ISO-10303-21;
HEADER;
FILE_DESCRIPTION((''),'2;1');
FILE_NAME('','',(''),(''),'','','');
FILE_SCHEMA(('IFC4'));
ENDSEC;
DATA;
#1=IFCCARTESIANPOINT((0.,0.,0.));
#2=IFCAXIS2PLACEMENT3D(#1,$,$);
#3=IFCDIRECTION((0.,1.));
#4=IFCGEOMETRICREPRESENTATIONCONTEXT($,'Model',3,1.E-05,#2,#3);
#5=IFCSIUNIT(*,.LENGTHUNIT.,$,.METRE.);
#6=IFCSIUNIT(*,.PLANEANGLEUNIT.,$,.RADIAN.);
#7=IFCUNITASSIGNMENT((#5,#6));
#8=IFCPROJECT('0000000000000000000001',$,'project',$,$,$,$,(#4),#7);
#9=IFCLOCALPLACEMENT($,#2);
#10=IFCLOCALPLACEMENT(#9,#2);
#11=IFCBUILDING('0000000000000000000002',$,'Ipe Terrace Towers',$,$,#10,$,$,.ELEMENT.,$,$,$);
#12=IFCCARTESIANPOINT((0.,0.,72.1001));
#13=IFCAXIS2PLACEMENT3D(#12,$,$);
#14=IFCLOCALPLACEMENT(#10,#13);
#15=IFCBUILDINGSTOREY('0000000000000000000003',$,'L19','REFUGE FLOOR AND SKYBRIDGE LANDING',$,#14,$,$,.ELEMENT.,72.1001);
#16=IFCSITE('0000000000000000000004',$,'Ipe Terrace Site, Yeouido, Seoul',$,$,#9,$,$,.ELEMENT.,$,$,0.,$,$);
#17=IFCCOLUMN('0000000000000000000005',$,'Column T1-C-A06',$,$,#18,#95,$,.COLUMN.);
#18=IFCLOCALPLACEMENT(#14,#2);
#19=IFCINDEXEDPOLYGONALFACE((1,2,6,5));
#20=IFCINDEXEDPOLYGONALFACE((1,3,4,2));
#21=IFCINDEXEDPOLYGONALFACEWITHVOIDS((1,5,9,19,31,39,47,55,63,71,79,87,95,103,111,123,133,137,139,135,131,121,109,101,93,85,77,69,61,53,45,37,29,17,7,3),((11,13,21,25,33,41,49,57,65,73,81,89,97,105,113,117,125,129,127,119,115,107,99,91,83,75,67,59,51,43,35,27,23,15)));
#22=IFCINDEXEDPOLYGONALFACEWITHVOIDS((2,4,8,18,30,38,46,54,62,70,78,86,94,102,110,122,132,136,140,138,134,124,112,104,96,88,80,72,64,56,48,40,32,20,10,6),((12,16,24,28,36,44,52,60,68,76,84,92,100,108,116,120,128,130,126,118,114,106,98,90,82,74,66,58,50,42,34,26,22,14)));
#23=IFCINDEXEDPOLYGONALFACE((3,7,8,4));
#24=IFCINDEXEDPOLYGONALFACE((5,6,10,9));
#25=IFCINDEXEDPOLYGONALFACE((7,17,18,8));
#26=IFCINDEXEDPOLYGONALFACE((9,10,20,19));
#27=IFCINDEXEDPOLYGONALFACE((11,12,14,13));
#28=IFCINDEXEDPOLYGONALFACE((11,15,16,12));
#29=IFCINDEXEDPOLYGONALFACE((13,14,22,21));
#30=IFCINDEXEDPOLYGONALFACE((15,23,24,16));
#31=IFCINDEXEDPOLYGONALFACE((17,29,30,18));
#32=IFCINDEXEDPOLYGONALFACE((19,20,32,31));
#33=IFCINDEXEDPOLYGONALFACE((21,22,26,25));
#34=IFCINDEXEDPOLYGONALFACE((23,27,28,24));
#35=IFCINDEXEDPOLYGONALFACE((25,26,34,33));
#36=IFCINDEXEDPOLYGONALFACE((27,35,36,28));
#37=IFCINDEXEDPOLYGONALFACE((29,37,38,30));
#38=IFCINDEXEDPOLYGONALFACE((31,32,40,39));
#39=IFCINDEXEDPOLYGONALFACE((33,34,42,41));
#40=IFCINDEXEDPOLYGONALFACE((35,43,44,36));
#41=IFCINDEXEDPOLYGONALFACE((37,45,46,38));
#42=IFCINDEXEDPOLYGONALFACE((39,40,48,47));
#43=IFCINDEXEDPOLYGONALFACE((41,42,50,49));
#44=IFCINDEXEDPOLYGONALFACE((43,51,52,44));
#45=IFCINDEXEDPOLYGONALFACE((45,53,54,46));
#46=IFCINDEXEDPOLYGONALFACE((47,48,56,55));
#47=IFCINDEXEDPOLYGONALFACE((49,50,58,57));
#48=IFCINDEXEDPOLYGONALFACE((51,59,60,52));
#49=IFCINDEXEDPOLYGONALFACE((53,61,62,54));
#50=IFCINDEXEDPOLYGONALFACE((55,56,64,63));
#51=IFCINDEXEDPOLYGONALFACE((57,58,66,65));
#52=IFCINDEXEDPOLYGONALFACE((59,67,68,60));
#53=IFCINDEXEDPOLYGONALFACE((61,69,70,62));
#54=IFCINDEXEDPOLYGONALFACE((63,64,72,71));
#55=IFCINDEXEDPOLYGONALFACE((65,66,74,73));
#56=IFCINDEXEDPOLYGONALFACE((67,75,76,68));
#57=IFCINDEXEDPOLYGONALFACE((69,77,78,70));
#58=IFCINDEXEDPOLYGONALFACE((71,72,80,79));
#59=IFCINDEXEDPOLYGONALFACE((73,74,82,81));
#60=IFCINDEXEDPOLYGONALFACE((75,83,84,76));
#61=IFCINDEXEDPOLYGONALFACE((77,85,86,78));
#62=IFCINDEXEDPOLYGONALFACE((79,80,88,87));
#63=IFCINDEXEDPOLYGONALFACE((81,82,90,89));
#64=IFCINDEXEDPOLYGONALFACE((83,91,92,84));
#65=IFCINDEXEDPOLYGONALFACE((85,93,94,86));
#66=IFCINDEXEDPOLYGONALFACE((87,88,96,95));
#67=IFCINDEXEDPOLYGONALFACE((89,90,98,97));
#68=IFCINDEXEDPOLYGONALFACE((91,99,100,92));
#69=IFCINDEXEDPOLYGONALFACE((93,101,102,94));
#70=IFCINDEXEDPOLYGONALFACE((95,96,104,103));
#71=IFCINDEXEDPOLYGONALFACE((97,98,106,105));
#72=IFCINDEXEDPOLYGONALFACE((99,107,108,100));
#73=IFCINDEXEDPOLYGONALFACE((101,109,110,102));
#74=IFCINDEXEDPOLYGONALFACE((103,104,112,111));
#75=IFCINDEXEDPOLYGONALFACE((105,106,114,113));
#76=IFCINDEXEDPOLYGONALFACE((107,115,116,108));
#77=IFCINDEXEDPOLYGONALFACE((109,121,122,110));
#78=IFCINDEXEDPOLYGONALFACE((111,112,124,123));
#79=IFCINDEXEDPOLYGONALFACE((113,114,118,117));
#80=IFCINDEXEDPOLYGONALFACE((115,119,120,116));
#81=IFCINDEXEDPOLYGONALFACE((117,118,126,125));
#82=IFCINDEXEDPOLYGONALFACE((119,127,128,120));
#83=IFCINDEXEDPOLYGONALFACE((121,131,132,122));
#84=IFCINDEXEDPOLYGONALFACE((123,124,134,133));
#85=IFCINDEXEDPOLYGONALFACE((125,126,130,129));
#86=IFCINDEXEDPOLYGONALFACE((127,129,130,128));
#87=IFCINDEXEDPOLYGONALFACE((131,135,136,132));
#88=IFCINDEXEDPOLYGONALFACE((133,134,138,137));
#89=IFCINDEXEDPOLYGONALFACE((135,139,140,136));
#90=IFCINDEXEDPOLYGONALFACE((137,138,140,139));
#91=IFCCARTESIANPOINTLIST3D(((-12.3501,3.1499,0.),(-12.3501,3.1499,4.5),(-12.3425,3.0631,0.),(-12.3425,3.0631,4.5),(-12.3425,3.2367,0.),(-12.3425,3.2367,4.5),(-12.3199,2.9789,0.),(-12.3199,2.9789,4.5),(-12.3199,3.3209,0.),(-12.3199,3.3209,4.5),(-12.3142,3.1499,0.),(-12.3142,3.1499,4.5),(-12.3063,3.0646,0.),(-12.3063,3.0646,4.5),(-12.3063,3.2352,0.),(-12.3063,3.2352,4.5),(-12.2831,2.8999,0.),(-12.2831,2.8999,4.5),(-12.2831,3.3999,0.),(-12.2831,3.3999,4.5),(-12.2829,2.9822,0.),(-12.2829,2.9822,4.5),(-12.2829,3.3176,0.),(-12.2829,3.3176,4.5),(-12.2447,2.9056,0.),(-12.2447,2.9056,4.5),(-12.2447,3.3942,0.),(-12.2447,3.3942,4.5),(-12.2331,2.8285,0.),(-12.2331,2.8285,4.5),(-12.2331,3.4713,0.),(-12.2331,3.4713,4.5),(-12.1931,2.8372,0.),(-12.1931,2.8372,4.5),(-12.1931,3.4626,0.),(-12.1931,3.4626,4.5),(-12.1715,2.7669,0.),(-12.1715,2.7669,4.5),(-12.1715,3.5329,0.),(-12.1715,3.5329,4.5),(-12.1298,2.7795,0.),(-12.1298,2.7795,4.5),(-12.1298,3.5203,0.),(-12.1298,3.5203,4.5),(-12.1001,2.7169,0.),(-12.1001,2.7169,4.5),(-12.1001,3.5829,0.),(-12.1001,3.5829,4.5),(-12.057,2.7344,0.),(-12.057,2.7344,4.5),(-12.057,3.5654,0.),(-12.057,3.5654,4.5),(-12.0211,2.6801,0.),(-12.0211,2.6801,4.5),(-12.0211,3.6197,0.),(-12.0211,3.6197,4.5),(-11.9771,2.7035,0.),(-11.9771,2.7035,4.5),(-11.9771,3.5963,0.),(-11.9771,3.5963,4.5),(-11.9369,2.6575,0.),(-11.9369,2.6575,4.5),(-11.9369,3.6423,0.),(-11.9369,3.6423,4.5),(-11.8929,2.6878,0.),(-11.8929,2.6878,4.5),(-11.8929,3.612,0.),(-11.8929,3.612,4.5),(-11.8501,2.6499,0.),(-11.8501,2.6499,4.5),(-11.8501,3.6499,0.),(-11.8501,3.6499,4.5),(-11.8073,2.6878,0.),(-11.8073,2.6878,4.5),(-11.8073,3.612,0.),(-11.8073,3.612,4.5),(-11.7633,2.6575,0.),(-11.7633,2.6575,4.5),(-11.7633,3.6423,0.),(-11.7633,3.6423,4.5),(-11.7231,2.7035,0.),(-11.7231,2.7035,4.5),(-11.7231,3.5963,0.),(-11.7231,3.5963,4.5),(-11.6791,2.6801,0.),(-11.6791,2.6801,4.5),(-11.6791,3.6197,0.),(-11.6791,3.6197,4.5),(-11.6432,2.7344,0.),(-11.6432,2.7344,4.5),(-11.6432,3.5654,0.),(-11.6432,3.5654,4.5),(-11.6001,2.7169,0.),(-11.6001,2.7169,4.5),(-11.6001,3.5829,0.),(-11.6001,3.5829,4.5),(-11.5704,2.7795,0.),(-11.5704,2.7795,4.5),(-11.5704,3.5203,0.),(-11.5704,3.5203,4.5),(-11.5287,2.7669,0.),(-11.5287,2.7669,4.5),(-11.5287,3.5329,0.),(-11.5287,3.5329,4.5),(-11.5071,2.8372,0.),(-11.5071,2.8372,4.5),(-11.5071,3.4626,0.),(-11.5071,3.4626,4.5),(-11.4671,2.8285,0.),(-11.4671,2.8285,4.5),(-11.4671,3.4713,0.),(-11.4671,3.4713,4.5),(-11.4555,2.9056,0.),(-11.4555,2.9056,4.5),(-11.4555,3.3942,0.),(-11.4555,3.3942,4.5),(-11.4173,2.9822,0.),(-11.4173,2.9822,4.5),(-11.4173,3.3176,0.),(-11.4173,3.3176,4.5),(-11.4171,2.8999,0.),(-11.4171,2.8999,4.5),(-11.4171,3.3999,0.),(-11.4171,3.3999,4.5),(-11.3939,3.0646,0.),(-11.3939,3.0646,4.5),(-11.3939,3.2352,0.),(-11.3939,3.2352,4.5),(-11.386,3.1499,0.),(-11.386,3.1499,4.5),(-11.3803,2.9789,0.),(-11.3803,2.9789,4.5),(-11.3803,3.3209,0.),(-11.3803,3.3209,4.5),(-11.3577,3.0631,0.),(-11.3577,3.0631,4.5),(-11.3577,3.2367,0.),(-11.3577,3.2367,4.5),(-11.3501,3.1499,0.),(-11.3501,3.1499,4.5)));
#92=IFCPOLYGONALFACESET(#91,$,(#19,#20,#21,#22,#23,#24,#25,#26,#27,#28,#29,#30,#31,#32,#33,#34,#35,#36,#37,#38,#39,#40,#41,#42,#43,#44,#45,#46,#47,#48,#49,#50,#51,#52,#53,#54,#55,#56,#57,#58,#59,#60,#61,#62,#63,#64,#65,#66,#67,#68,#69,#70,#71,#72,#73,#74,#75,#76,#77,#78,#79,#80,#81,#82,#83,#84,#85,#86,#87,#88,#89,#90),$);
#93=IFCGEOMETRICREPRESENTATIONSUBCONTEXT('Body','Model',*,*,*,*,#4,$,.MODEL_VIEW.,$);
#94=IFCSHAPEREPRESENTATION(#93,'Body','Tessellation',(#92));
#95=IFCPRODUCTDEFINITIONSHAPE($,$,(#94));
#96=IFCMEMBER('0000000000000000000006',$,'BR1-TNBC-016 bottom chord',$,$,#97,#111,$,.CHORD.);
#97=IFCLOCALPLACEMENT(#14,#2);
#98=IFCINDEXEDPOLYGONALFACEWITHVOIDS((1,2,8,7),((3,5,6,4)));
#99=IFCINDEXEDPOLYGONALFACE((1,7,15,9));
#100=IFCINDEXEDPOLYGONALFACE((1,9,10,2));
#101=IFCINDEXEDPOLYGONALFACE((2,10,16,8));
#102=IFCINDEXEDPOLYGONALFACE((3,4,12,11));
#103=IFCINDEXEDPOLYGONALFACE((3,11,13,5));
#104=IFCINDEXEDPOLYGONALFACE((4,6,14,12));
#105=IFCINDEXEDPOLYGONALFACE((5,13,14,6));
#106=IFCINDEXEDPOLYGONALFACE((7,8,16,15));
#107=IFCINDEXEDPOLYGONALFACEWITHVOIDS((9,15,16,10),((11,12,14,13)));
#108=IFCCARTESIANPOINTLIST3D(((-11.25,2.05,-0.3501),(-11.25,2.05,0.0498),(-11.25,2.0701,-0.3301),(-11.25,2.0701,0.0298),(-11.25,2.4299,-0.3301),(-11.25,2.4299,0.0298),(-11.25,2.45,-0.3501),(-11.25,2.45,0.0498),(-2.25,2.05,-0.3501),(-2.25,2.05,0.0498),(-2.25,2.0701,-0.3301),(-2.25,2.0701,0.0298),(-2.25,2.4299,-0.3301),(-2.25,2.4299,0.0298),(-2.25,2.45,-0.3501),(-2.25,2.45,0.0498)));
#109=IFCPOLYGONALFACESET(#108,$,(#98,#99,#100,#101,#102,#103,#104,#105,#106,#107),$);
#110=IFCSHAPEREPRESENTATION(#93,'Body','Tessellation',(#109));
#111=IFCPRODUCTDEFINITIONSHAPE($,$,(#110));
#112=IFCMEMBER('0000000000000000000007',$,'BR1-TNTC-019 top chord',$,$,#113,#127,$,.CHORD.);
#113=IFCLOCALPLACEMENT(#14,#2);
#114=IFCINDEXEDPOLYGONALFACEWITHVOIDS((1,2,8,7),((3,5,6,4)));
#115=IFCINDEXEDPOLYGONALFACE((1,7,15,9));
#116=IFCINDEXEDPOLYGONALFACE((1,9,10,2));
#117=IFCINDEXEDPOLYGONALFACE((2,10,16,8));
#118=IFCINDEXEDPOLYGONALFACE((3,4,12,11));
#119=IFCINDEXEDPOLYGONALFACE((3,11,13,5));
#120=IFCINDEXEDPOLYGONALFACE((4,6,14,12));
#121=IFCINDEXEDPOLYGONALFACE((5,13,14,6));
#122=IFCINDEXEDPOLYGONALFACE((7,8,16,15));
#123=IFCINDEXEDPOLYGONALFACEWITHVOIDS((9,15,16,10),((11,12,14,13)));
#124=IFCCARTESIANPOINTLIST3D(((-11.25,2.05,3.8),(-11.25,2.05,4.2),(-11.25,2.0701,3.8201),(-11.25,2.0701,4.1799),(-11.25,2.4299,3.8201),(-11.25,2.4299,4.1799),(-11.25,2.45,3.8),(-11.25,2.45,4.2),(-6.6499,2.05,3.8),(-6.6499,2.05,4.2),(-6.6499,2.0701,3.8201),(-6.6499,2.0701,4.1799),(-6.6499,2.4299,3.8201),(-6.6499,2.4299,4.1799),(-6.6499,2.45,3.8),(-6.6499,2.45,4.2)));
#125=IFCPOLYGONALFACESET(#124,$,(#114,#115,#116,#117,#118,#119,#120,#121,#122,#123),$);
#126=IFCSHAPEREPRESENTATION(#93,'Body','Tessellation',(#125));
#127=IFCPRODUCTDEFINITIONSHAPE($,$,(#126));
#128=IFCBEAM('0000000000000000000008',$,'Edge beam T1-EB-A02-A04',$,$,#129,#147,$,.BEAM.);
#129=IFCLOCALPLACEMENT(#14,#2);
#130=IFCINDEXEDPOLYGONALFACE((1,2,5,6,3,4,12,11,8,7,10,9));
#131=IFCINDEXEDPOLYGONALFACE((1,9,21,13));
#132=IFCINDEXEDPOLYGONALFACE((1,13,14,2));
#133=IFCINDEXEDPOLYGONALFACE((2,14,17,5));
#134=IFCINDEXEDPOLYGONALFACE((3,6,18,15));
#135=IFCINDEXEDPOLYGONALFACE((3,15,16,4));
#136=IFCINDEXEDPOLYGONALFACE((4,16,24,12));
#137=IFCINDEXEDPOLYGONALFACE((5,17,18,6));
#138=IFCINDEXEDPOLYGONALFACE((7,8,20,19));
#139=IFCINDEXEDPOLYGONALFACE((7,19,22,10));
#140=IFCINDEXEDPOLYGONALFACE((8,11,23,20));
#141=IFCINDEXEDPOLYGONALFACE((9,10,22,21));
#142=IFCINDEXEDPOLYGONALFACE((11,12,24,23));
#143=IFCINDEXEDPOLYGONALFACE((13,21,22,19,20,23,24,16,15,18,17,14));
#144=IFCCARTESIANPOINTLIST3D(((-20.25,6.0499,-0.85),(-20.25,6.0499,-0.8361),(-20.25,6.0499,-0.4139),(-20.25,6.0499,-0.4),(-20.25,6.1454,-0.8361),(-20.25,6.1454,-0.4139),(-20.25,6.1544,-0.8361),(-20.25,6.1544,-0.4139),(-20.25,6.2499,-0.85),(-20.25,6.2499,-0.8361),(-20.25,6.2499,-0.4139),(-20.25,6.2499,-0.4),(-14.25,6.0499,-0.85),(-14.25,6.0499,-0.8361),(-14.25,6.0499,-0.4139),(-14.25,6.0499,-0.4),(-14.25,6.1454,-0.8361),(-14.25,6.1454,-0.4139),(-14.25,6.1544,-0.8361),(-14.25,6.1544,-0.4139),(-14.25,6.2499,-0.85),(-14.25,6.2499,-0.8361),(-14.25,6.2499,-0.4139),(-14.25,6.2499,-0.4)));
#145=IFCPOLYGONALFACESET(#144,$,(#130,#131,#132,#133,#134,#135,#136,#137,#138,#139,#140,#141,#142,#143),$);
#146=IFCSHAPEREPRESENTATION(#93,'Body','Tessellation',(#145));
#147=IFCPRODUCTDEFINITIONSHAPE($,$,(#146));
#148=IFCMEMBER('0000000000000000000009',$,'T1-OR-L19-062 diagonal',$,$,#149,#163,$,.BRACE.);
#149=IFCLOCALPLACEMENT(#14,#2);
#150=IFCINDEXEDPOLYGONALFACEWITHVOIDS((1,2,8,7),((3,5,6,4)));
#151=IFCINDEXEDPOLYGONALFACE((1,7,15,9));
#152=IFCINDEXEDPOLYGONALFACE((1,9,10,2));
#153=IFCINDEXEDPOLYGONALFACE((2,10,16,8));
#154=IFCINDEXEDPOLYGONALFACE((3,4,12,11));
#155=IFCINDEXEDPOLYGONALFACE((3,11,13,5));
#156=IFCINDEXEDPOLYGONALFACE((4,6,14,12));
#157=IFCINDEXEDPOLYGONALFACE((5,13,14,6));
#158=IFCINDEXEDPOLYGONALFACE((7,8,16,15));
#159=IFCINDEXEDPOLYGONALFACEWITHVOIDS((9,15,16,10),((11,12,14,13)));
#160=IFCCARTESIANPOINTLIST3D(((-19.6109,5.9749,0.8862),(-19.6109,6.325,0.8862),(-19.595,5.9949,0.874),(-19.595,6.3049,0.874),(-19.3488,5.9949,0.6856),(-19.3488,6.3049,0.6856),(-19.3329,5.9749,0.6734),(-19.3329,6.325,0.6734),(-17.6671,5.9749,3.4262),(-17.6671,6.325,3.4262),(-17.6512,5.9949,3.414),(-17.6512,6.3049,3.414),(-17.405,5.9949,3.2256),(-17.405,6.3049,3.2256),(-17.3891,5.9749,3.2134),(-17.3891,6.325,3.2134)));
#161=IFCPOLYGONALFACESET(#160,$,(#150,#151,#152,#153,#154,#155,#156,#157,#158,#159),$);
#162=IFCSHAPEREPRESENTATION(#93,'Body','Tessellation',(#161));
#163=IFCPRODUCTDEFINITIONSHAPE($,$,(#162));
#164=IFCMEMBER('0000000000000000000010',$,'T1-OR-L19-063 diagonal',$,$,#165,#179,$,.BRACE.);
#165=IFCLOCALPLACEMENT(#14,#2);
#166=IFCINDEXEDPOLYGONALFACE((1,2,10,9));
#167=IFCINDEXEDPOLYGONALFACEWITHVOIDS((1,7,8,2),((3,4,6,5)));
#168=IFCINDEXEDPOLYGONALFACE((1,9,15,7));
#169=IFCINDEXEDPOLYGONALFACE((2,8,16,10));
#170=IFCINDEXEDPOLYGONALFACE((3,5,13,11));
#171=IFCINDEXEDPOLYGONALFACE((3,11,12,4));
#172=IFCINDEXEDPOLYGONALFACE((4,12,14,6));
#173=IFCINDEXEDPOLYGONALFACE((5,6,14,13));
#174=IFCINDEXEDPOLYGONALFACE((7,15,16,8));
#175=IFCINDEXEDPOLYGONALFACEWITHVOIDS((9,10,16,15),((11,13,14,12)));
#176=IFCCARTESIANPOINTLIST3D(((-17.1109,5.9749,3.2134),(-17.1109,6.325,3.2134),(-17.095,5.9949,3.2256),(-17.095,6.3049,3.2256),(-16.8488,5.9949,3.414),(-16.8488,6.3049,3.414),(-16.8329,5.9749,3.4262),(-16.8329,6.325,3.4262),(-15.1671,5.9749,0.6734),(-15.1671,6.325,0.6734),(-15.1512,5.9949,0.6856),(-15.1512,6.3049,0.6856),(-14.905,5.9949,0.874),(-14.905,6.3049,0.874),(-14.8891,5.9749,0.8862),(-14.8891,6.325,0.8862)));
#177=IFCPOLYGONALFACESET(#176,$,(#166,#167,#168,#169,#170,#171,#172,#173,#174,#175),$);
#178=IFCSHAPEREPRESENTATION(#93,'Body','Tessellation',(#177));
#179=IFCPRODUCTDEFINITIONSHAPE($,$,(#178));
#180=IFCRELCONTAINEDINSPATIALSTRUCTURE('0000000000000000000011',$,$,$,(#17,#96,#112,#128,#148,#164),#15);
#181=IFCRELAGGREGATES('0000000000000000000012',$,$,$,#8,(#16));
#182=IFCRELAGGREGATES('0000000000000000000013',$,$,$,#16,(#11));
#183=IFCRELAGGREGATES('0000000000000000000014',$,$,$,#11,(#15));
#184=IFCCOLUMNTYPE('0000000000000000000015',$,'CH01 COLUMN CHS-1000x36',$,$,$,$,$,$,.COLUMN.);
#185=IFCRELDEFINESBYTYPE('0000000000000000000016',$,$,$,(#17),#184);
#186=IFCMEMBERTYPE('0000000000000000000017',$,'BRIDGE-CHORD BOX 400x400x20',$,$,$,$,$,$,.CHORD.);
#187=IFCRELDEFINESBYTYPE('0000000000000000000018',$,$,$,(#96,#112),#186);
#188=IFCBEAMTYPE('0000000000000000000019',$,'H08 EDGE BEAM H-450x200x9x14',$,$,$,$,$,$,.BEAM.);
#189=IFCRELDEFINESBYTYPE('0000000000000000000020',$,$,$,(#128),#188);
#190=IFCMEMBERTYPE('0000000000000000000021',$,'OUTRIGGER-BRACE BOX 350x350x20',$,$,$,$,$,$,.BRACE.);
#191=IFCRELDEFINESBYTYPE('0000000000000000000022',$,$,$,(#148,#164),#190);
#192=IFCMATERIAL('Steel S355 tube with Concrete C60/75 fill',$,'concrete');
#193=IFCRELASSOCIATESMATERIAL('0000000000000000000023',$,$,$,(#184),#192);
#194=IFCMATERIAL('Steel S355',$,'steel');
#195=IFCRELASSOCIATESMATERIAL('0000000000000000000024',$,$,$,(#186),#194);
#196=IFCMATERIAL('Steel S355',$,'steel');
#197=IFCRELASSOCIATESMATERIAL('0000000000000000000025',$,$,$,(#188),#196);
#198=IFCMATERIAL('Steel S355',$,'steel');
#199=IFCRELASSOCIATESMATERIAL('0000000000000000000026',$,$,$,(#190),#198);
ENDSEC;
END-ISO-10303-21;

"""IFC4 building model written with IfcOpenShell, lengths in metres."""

from ifc_helpers import new_model, si_unit, direction, frame, origin, origin_2d, place, context, subcontext, project, spatial, hollow_rectangle, hollow_circle, i_section, extrude, material, material_profile, profile_set, type_object, element, save


model = new_model("IFC4")

# Units and contexts
model_context = context("Model", 3, precision=1e-05, world=origin(), true_north=direction((0.0, 1.0)))
body_context = subcontext(model_context, "Body", "Model", "MODEL_VIEW")
ifc_project = project(units=[si_unit("LENGTHUNIT", "METRE"), si_unit("PLANEANGLEUNIT", "RADIAN")], contexts=[model_context])

# Site, building, storey
site_placement = place(None, origin())
site = spatial("IfcSite", under=ifc_project, at=site_placement, Name="Ipe Terrace Site, Yeouido, Seoul", CompositionType="ELEMENT", RefElevation=0.0)
building_placement = place(site_placement, origin())
building = spatial("IfcBuilding", under=site, at=building_placement, Name="Ipe Terrace Towers", CompositionType="ELEMENT")
storey_placement = place(building_placement, frame((0.0, 0.0, 72.1001)))
storey = spatial("IfcBuildingStorey", under=building, at=storey_placement, Name="L19", Description="REFUGE FLOOR AND SKYBRIDGE LANDING", CompositionType="ELEMENT", Elevation=72.1001)

# Column
ifc_material_1 = material(Name="Steel S355 tube with Concrete C60/75 fill", Category="concrete")
ifc_material_profile_1 = material_profile(ifc_material_1, hollow_circle(Radius=0.5, WallThickness=0.0359, at=origin_2d()), Name="CHS-1000x36")
ifc_profile_set_1 = profile_set([ifc_material_profile_1], Name="Steel S355 tube with Concrete C60/75 fill")
column_type = type_object("IfcColumnType", Name="CH01 COLUMN CHS-1000x36", PredefinedType="COLUMN", material=ifc_profile_set_1)
for number, where, z_axis, x_axis, name in (
    (1, (-11.8501, 3.1499, 0.0), (0.0, 0.0, 1.0), (1.0, 0.0, 0.0), "Column T1-C-A06"),
):
    element("IfcColumn", number, at=place(storey_placement, frame(where, z_axis=z_axis, x_axis=x_axis)), inside=storey, type_object=column_type, Name=name, PredefinedType="COLUMN", context=body_context, shape_type="SweptSolid", body=[
        extrude(hollow_circle(Radius=0.5, WallThickness=0.0359, at=origin_2d()), origin(), (0.0, 0.0, 1.0), 4.5),
    ])

# Members
ifc_material_2 = material(Name="Steel S355", Category="steel")
ifc_material_profile_2 = material_profile(ifc_material_2, hollow_rectangle(XDim=0.3999, YDim=0.3999, WallThickness=0.02, at=origin_2d()), Name="BRIDGE-CHORD BOX 400x400x20")
ifc_profile_set_2 = profile_set([ifc_material_profile_2], Name="Steel S355")
member_type_1 = type_object("IfcMemberType", Name="BRIDGE-CHORD BOX 400x400x20", PredefinedType="CHORD", material=ifc_profile_set_2)
member_1_placement = place(storey_placement, frame((-11.25, 2.25, -0.1501), z_axis=(1.0, 0.0, 0.0), x_axis=(0.0, 1.0, 0.0)))
element("IfcMember", 2, at=member_1_placement, inside=storey, type_object=member_type_1, Name="BR1-TNBC-016 bottom chord", PredefinedType="CHORD", context=body_context, shape_type="SweptSolid", body=[
    extrude(hollow_rectangle(XDim=0.3999, YDim=0.3999, WallThickness=0.02, at=origin_2d()), origin(), (0.0, 0.0, 1.0), 9.0),
])
member_2_placement = place(storey_placement, frame((-11.25, 2.25, 4.0), z_axis=(1.0, 0.0, 0.0), x_axis=(0.0, 1.0, 0.0)))
element("IfcMember", 3, at=member_2_placement, inside=storey, type_object=member_type_1, Name="BR1-TNTC-019 top chord", PredefinedType="CHORD", context=body_context, shape_type="SweptSolid", body=[
    extrude(hollow_rectangle(XDim=0.3999, YDim=0.3999, WallThickness=0.02, at=origin_2d()), origin(), (0.0, 0.0, 1.0), 4.6001),
])

# Beam
ifc_material_3 = material(Name="Steel S355", Category="steel")
ifc_material_profile_3 = material_profile(ifc_material_3, i_section(OverallWidth=0.2, OverallDepth=0.45, WebThickness=0.009, FlangeThickness=0.0139, at=origin_2d()), Name="H-450x200x9x14")
ifc_profile_set_3 = profile_set([ifc_material_profile_3], Name="Steel S355")
beam_type = type_object("IfcBeamType", Name="H08 EDGE BEAM H-450x200x9x14", PredefinedType="BEAM", material=ifc_profile_set_3)
beam_placement = place(storey_placement, frame((-20.25, 6.1499, -0.625), z_axis=(1.0, 0.0, 0.0), x_axis=(0.0, 1.0, 0.0)))
element("IfcBeam", 4, at=beam_placement, inside=storey, type_object=beam_type, Name="Edge beam T1-EB-A02-A04", PredefinedType="BEAM", context=body_context, shape_type="SweptSolid", body=[
    extrude(i_section(OverallWidth=0.2, OverallDepth=0.45, WebThickness=0.009, FlangeThickness=0.0139, at=origin_2d()), origin(), (0.0, 0.0, 1.0), 6.0),
])

# Members
ifc_material_4 = material(Name="Steel S355", Category="steel")
ifc_material_profile_4 = material_profile(ifc_material_4, hollow_rectangle(XDim=0.3501, YDim=0.3501, WallThickness=0.02, at=origin_2d()), Name="OUTRIGGER-BRACE BOX 350x350x20")
ifc_profile_set_4 = profile_set([ifc_material_profile_4], Name="Steel S355")
member_type_2 = type_object("IfcMemberType", Name="OUTRIGGER-BRACE BOX 350x350x20", PredefinedType="BRACE", material=ifc_profile_set_4)
for number, where, z_axis, x_axis, name in (
    (5, (-19.4719, 6.1499, 0.7798), (0.607739, 0.0, 0.794137), (0.0, 1.0, 0.0), "T1-OR-L19-062 diagonal"),
    (6, (-15.0281, 6.1499, 0.7798), (-0.607739, 0.0, 0.794137), (0.0, -1.0, 0.0), "T1-OR-L19-063 diagonal"),
):
    element("IfcMember", number, at=place(storey_placement, frame(where, z_axis=z_axis, x_axis=x_axis)), inside=storey, type_object=member_type_2, Name=name, PredefinedType="BRACE", context=body_context, shape_type="SweptSolid", body=[
        extrude(hollow_rectangle(XDim=0.3501, YDim=0.3501, WallThickness=0.02, at=origin_2d()), origin(), (0.0, 0.0, 1.0), 3.1985),
    ])

save(model, "model.ifc")
